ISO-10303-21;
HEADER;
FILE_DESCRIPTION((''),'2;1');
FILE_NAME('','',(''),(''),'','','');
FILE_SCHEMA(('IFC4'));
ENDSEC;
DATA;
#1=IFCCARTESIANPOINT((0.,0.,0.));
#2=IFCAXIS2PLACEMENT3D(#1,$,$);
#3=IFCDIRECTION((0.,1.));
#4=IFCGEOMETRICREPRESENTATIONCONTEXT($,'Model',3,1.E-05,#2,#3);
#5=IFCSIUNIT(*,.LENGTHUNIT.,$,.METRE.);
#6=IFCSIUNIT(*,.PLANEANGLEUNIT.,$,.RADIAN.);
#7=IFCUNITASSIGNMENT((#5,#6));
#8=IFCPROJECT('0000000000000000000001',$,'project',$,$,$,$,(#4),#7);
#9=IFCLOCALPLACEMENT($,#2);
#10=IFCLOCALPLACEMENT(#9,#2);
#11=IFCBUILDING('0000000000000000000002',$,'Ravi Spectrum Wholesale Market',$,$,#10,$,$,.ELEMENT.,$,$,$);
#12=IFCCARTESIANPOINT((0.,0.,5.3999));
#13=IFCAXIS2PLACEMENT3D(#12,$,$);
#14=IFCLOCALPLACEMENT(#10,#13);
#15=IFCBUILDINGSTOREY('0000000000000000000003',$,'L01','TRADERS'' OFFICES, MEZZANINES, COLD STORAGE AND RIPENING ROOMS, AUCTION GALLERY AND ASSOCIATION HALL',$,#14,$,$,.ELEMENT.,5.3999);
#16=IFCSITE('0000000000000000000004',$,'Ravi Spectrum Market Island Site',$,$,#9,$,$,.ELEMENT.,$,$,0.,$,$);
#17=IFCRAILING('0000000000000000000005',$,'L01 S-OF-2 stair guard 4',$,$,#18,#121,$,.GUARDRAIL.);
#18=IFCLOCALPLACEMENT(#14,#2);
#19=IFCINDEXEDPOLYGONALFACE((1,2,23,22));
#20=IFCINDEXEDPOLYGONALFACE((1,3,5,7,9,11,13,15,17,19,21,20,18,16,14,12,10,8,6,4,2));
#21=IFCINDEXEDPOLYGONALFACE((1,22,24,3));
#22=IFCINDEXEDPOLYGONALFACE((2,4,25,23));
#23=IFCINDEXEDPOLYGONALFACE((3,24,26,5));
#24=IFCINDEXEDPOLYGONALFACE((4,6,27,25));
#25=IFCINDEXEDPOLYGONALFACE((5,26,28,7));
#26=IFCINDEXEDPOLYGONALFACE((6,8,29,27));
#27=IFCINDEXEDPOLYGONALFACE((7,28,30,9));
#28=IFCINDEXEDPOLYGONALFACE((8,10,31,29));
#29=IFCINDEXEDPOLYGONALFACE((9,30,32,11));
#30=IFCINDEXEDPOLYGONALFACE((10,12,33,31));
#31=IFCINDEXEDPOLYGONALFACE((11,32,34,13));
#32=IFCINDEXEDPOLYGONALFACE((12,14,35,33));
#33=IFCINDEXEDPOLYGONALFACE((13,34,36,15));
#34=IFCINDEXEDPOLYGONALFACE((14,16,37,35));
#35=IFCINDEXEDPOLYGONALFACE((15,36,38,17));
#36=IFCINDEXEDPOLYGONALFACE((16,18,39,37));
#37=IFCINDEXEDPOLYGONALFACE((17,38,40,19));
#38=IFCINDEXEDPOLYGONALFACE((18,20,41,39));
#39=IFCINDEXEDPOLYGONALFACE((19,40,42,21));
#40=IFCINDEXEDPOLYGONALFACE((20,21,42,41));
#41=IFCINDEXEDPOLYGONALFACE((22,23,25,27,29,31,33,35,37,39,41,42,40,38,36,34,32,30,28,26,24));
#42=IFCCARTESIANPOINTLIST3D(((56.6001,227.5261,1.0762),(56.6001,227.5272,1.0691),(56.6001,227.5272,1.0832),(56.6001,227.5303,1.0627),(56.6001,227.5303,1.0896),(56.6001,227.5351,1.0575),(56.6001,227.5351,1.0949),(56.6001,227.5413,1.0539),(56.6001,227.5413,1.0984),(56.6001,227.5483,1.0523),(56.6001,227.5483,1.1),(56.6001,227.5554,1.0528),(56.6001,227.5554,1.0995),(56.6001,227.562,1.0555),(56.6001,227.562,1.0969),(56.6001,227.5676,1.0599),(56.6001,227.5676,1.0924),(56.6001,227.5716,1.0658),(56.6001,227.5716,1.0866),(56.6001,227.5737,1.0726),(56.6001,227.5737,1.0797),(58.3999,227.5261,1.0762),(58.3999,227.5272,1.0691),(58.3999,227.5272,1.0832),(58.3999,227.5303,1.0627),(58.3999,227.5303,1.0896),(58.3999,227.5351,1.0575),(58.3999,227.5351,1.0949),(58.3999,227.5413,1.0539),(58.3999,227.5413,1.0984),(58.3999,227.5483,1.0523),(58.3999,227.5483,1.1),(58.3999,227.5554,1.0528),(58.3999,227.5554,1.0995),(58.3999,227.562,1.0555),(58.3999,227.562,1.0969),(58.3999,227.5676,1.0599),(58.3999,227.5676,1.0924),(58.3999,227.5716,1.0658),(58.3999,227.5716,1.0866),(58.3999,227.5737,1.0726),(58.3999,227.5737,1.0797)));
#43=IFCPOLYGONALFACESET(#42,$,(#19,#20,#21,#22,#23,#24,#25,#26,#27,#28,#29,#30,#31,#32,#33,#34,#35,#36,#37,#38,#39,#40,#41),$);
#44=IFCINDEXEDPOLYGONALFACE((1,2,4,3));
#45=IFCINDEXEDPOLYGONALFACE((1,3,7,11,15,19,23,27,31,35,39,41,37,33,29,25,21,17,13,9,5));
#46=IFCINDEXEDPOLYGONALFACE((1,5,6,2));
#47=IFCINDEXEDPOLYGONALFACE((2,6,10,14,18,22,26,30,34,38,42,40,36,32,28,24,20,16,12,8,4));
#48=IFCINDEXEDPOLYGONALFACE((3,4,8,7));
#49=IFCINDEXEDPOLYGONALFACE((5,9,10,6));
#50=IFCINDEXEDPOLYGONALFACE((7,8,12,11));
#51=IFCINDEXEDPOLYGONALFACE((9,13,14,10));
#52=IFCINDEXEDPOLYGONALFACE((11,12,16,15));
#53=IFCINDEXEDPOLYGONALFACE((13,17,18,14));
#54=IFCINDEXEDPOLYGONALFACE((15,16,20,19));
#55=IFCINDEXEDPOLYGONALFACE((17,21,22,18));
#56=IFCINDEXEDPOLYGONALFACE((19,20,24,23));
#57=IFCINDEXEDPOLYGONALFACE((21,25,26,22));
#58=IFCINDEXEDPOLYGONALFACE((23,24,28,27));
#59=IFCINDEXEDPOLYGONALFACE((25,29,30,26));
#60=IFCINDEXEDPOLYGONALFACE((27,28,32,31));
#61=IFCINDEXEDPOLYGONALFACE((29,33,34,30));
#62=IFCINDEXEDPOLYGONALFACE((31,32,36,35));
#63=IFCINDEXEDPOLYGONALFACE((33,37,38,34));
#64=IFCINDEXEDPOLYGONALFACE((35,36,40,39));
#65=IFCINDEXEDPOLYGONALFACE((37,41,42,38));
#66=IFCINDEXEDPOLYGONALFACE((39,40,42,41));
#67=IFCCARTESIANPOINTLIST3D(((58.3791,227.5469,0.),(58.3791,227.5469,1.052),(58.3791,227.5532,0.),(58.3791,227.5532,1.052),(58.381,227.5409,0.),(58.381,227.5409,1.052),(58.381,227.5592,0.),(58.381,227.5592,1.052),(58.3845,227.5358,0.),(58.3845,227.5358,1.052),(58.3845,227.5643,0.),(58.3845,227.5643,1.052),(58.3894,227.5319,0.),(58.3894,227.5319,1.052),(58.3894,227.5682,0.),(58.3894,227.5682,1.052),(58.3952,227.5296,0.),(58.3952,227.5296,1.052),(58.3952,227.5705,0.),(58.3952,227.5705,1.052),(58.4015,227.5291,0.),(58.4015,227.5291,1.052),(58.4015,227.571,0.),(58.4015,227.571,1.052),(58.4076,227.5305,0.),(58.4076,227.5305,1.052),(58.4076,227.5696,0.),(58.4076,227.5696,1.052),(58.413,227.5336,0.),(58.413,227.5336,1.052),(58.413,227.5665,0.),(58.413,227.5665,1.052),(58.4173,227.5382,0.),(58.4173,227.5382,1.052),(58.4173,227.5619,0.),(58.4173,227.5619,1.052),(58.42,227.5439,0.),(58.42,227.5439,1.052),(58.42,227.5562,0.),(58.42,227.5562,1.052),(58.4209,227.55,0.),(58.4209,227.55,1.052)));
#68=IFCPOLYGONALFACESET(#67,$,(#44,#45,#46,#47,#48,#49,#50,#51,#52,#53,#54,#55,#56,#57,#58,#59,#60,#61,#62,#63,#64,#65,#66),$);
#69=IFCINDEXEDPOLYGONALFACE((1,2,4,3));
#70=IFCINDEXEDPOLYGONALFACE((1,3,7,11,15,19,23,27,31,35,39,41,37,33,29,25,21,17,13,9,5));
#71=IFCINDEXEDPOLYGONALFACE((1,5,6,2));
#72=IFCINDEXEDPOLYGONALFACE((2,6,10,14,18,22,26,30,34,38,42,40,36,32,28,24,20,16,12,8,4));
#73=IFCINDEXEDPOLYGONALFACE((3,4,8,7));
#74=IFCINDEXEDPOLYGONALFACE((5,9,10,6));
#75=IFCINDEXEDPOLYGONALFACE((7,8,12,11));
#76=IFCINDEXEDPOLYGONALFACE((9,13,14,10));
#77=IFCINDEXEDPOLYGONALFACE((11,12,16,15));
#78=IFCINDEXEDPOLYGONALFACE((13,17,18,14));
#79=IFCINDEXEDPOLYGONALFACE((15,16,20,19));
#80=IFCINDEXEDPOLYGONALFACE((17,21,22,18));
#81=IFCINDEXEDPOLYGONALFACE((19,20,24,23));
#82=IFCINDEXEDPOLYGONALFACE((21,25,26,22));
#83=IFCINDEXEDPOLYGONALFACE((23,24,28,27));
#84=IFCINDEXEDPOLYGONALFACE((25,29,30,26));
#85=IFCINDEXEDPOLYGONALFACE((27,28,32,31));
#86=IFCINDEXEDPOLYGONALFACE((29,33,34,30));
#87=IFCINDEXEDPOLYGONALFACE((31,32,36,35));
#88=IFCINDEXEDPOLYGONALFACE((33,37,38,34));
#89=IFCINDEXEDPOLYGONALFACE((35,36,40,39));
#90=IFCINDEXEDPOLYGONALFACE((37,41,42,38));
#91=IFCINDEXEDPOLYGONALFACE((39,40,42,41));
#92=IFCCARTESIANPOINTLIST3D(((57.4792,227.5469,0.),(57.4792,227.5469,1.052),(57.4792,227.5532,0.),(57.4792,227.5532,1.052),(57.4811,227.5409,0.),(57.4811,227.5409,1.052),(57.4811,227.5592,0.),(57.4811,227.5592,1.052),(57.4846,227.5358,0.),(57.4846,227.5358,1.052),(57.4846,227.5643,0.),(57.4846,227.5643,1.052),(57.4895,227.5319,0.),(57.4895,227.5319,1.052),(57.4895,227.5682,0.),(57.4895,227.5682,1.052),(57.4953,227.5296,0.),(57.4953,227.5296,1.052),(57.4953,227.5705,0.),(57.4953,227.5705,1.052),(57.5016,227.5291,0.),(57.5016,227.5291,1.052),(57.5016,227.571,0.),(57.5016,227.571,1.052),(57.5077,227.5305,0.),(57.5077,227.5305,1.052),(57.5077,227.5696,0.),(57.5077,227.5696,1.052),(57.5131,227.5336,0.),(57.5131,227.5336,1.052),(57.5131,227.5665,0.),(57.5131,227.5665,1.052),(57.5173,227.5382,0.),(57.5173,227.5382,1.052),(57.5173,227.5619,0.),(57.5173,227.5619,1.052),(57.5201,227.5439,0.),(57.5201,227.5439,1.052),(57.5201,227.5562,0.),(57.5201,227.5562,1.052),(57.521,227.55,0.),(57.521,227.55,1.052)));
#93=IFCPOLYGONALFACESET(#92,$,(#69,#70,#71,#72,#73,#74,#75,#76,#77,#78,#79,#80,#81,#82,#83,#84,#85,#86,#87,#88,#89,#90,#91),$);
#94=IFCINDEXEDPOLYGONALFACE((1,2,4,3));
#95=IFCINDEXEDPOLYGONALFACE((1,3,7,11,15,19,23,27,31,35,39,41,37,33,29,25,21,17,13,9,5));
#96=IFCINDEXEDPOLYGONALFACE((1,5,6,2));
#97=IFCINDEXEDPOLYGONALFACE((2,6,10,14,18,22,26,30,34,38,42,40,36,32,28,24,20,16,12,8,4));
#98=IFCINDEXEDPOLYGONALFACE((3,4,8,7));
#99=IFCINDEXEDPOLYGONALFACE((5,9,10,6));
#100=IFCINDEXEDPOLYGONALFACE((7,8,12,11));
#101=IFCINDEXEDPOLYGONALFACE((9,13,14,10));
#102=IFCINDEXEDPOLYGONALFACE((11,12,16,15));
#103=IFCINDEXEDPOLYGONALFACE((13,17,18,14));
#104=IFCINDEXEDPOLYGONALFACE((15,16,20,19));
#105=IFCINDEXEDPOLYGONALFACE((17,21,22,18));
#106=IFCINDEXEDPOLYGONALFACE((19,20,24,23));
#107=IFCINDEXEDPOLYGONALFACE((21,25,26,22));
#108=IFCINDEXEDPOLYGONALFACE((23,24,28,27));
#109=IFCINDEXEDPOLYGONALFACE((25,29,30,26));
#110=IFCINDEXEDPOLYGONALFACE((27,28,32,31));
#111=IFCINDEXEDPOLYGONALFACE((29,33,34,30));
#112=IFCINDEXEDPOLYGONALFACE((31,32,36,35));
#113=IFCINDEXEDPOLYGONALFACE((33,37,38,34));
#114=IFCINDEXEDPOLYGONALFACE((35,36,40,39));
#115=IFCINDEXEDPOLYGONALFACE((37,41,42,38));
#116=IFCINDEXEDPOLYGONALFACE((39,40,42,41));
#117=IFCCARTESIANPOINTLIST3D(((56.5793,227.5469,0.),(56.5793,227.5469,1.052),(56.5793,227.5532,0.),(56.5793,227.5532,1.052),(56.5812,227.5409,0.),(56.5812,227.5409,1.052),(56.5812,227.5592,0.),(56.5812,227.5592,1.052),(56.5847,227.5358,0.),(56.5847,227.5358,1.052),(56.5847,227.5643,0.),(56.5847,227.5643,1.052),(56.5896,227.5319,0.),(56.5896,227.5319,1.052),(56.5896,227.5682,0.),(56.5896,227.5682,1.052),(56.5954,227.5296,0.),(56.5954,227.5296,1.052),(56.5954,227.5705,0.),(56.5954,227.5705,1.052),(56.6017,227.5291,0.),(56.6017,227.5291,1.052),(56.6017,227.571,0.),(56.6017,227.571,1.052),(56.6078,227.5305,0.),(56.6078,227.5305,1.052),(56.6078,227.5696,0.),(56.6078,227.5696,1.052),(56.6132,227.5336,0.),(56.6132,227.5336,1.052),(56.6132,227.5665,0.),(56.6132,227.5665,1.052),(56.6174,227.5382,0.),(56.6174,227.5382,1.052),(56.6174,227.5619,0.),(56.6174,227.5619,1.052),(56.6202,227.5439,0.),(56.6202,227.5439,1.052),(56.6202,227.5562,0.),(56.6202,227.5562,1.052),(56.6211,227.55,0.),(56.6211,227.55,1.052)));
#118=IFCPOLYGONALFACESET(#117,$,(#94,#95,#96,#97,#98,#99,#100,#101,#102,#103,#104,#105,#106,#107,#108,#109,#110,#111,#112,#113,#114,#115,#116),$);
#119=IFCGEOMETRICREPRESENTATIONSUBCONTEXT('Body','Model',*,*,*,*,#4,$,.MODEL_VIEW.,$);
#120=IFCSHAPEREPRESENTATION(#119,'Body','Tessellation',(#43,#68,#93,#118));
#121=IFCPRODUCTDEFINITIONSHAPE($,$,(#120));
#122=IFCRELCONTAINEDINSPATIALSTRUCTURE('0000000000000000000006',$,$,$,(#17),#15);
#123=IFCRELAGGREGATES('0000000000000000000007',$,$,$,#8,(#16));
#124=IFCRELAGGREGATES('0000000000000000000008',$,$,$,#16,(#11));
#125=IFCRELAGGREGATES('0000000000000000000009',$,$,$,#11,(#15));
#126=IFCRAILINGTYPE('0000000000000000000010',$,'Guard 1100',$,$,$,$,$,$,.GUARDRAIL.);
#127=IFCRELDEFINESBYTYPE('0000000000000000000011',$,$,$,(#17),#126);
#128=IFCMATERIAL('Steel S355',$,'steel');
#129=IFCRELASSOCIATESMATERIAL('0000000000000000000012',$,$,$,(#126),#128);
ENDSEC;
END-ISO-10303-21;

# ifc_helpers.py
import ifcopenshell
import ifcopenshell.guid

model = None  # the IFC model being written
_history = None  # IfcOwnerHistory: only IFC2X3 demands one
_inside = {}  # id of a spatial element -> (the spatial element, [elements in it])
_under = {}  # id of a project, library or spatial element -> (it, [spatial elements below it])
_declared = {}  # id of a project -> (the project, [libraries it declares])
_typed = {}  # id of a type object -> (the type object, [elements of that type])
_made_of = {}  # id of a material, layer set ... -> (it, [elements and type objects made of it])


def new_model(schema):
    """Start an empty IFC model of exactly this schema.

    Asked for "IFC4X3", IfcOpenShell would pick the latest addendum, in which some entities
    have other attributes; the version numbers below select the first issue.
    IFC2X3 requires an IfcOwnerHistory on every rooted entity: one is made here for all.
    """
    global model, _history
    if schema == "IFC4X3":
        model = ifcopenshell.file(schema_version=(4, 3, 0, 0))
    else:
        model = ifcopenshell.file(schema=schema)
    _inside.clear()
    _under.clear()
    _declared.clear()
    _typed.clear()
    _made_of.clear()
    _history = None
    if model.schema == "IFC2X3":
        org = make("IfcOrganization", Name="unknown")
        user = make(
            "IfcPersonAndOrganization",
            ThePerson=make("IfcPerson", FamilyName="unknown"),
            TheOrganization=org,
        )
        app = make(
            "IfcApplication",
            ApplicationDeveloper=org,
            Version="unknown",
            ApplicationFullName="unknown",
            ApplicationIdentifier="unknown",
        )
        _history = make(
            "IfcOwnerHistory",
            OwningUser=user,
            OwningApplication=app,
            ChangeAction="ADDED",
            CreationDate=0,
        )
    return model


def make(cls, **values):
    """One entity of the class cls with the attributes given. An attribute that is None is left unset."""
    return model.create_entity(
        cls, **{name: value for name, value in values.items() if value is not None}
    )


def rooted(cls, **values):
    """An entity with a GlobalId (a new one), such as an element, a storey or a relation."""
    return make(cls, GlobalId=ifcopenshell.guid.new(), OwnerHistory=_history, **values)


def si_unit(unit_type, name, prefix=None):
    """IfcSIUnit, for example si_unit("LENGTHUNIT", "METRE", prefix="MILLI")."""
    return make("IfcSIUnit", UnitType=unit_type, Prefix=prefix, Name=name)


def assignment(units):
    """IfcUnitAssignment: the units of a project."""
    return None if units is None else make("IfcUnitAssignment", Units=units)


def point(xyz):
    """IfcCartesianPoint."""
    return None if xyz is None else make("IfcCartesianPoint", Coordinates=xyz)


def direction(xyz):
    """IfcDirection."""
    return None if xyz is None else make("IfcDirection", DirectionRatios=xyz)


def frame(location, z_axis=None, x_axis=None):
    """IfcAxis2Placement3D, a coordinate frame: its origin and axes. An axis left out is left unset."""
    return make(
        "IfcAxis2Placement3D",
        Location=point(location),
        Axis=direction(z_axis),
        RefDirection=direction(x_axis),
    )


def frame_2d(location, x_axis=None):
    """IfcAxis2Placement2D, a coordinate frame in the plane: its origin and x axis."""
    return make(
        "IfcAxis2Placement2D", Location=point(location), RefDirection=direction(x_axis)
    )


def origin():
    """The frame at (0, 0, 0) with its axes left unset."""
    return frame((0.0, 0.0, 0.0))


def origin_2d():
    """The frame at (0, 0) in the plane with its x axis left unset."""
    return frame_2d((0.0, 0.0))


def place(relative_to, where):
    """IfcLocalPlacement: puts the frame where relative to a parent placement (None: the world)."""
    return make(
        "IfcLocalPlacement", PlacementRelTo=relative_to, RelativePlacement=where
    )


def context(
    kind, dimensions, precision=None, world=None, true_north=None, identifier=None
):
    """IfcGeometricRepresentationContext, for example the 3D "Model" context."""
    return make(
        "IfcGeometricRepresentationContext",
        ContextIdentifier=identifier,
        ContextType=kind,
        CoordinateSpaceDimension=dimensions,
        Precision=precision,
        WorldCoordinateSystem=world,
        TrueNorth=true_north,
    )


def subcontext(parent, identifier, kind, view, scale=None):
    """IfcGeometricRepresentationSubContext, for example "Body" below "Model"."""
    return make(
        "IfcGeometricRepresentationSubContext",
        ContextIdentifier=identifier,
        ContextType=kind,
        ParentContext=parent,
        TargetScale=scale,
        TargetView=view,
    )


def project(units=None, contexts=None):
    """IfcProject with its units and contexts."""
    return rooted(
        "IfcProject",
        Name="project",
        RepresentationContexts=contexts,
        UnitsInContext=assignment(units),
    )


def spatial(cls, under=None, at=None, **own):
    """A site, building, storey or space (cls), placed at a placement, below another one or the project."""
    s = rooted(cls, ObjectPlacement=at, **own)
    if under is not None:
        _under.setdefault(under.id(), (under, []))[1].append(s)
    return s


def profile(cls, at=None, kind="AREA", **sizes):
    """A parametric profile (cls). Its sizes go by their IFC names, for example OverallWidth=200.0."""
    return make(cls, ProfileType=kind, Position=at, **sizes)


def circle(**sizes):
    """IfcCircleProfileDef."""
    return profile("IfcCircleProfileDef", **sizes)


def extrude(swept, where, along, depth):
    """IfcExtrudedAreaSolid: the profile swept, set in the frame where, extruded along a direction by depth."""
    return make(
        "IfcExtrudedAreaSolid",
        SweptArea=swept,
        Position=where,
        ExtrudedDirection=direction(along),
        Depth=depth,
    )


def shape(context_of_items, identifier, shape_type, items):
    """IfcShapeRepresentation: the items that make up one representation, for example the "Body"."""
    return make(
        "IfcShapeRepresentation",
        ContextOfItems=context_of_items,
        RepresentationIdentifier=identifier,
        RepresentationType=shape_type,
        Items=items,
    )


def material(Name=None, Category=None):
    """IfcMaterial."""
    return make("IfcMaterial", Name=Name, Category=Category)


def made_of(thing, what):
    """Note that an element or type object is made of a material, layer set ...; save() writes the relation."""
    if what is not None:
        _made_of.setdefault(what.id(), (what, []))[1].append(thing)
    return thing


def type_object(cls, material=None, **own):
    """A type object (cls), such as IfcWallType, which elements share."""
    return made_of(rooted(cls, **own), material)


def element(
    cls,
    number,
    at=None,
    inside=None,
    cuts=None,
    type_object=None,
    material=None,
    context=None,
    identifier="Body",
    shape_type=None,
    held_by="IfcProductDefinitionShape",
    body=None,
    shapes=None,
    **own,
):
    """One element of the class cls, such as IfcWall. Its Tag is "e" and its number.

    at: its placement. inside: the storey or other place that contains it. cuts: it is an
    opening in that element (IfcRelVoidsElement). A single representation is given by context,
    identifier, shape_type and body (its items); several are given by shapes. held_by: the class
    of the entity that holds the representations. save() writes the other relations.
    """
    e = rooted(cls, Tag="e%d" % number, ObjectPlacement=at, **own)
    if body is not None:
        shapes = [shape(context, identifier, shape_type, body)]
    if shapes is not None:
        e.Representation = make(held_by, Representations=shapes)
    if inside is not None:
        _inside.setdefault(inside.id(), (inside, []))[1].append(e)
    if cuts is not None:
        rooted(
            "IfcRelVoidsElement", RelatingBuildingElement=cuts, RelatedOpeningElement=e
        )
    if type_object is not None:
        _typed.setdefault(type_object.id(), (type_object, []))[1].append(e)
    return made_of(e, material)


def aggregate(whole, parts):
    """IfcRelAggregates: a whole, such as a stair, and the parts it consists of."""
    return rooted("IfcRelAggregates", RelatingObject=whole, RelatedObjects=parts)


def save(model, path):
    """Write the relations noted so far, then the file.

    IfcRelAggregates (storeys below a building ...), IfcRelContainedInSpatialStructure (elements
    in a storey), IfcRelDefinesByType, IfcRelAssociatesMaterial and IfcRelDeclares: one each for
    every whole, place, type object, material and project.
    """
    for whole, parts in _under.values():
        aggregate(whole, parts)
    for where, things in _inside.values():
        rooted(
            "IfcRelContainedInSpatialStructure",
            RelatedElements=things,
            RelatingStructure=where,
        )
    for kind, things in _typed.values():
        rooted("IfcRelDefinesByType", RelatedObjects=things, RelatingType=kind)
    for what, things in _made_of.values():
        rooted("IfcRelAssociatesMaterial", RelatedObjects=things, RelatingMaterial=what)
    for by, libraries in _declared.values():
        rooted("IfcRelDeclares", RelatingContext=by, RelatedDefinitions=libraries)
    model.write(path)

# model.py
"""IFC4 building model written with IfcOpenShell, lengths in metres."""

from ifc_helpers import new_model, si_unit, direction, frame, origin, origin_2d, place, context, subcontext, project, spatial, circle, extrude, material, type_object, element, save


model = new_model("IFC4")

# Units and contexts
model_context = context("Model", 3, precision=1e-05, world=origin(), true_north=direction((0.0, 1.0)))
body_context = subcontext(model_context, "Body", "Model", "MODEL_VIEW")
ifc_project = project(units=[si_unit("LENGTHUNIT", "METRE"), si_unit("PLANEANGLEUNIT", "RADIAN")], contexts=[model_context])

# Site, building, storey
site_placement = place(None, origin())
site = spatial("IfcSite", under=ifc_project, at=site_placement, Name="Ravi Spectrum Market Island Site", CompositionType="ELEMENT", RefElevation=0.0)
building_placement = place(site_placement, origin())
building = spatial("IfcBuilding", under=site, at=building_placement, Name="Ravi Spectrum Wholesale Market", CompositionType="ELEMENT")
storey_placement = place(building_placement, frame((0.0, 0.0, 5.3999)))
storey = spatial("IfcBuildingStorey", under=building, at=storey_placement, Name="L01", Description="TRADERS' OFFICES, MEZZANINES, COLD STORAGE AND RIPENING ROOMS, AUCTION GALLERY AND ASSOCIATION HALL", CompositionType="ELEMENT", Elevation=5.3999)

# Railing
ifc_material_1 = material(Name="Steel S355", Category="steel")
railing_type_1 = type_object("IfcRailingType", Name="Guard 1100", PredefinedType="GUARDRAIL", material=ifc_material_1)
railing_1_placement = place(storey_placement, frame((58.3999, 227.55, 0.0)))
element("IfcRailing", 1, at=railing_1_placement, inside=storey, type_object=railing_type_1, Name="L01 S-OF-2 stair guard 4", PredefinedType="GUARDRAIL", context=body_context, shape_type="SweptSolid", body=[
    extrude(circle(Radius=0.0239, at=origin_2d()), frame((0.0, 0.0, 1.0762), z_axis=(-1.0, 0.0, 0.0), x_axis=(0.0, -1.0, 0.0)), (0.0, 0.0, 1.0), 1.7998),
    extrude(circle(Radius=0.021, at=origin_2d()), origin(), (0.0, 0.0, 1.0), 1.052),
    extrude(circle(Radius=0.021, at=origin_2d()), frame((-0.8999, 0.0, 0.0)), (0.0, 0.0, 1.0), 1.052),
    extrude(circle(Radius=0.021, at=origin_2d()), frame((-1.7998, 0.0, 0.0)), (0.0, 0.0, 1.0), 1.052),
])

save(model, "model.ifc")
